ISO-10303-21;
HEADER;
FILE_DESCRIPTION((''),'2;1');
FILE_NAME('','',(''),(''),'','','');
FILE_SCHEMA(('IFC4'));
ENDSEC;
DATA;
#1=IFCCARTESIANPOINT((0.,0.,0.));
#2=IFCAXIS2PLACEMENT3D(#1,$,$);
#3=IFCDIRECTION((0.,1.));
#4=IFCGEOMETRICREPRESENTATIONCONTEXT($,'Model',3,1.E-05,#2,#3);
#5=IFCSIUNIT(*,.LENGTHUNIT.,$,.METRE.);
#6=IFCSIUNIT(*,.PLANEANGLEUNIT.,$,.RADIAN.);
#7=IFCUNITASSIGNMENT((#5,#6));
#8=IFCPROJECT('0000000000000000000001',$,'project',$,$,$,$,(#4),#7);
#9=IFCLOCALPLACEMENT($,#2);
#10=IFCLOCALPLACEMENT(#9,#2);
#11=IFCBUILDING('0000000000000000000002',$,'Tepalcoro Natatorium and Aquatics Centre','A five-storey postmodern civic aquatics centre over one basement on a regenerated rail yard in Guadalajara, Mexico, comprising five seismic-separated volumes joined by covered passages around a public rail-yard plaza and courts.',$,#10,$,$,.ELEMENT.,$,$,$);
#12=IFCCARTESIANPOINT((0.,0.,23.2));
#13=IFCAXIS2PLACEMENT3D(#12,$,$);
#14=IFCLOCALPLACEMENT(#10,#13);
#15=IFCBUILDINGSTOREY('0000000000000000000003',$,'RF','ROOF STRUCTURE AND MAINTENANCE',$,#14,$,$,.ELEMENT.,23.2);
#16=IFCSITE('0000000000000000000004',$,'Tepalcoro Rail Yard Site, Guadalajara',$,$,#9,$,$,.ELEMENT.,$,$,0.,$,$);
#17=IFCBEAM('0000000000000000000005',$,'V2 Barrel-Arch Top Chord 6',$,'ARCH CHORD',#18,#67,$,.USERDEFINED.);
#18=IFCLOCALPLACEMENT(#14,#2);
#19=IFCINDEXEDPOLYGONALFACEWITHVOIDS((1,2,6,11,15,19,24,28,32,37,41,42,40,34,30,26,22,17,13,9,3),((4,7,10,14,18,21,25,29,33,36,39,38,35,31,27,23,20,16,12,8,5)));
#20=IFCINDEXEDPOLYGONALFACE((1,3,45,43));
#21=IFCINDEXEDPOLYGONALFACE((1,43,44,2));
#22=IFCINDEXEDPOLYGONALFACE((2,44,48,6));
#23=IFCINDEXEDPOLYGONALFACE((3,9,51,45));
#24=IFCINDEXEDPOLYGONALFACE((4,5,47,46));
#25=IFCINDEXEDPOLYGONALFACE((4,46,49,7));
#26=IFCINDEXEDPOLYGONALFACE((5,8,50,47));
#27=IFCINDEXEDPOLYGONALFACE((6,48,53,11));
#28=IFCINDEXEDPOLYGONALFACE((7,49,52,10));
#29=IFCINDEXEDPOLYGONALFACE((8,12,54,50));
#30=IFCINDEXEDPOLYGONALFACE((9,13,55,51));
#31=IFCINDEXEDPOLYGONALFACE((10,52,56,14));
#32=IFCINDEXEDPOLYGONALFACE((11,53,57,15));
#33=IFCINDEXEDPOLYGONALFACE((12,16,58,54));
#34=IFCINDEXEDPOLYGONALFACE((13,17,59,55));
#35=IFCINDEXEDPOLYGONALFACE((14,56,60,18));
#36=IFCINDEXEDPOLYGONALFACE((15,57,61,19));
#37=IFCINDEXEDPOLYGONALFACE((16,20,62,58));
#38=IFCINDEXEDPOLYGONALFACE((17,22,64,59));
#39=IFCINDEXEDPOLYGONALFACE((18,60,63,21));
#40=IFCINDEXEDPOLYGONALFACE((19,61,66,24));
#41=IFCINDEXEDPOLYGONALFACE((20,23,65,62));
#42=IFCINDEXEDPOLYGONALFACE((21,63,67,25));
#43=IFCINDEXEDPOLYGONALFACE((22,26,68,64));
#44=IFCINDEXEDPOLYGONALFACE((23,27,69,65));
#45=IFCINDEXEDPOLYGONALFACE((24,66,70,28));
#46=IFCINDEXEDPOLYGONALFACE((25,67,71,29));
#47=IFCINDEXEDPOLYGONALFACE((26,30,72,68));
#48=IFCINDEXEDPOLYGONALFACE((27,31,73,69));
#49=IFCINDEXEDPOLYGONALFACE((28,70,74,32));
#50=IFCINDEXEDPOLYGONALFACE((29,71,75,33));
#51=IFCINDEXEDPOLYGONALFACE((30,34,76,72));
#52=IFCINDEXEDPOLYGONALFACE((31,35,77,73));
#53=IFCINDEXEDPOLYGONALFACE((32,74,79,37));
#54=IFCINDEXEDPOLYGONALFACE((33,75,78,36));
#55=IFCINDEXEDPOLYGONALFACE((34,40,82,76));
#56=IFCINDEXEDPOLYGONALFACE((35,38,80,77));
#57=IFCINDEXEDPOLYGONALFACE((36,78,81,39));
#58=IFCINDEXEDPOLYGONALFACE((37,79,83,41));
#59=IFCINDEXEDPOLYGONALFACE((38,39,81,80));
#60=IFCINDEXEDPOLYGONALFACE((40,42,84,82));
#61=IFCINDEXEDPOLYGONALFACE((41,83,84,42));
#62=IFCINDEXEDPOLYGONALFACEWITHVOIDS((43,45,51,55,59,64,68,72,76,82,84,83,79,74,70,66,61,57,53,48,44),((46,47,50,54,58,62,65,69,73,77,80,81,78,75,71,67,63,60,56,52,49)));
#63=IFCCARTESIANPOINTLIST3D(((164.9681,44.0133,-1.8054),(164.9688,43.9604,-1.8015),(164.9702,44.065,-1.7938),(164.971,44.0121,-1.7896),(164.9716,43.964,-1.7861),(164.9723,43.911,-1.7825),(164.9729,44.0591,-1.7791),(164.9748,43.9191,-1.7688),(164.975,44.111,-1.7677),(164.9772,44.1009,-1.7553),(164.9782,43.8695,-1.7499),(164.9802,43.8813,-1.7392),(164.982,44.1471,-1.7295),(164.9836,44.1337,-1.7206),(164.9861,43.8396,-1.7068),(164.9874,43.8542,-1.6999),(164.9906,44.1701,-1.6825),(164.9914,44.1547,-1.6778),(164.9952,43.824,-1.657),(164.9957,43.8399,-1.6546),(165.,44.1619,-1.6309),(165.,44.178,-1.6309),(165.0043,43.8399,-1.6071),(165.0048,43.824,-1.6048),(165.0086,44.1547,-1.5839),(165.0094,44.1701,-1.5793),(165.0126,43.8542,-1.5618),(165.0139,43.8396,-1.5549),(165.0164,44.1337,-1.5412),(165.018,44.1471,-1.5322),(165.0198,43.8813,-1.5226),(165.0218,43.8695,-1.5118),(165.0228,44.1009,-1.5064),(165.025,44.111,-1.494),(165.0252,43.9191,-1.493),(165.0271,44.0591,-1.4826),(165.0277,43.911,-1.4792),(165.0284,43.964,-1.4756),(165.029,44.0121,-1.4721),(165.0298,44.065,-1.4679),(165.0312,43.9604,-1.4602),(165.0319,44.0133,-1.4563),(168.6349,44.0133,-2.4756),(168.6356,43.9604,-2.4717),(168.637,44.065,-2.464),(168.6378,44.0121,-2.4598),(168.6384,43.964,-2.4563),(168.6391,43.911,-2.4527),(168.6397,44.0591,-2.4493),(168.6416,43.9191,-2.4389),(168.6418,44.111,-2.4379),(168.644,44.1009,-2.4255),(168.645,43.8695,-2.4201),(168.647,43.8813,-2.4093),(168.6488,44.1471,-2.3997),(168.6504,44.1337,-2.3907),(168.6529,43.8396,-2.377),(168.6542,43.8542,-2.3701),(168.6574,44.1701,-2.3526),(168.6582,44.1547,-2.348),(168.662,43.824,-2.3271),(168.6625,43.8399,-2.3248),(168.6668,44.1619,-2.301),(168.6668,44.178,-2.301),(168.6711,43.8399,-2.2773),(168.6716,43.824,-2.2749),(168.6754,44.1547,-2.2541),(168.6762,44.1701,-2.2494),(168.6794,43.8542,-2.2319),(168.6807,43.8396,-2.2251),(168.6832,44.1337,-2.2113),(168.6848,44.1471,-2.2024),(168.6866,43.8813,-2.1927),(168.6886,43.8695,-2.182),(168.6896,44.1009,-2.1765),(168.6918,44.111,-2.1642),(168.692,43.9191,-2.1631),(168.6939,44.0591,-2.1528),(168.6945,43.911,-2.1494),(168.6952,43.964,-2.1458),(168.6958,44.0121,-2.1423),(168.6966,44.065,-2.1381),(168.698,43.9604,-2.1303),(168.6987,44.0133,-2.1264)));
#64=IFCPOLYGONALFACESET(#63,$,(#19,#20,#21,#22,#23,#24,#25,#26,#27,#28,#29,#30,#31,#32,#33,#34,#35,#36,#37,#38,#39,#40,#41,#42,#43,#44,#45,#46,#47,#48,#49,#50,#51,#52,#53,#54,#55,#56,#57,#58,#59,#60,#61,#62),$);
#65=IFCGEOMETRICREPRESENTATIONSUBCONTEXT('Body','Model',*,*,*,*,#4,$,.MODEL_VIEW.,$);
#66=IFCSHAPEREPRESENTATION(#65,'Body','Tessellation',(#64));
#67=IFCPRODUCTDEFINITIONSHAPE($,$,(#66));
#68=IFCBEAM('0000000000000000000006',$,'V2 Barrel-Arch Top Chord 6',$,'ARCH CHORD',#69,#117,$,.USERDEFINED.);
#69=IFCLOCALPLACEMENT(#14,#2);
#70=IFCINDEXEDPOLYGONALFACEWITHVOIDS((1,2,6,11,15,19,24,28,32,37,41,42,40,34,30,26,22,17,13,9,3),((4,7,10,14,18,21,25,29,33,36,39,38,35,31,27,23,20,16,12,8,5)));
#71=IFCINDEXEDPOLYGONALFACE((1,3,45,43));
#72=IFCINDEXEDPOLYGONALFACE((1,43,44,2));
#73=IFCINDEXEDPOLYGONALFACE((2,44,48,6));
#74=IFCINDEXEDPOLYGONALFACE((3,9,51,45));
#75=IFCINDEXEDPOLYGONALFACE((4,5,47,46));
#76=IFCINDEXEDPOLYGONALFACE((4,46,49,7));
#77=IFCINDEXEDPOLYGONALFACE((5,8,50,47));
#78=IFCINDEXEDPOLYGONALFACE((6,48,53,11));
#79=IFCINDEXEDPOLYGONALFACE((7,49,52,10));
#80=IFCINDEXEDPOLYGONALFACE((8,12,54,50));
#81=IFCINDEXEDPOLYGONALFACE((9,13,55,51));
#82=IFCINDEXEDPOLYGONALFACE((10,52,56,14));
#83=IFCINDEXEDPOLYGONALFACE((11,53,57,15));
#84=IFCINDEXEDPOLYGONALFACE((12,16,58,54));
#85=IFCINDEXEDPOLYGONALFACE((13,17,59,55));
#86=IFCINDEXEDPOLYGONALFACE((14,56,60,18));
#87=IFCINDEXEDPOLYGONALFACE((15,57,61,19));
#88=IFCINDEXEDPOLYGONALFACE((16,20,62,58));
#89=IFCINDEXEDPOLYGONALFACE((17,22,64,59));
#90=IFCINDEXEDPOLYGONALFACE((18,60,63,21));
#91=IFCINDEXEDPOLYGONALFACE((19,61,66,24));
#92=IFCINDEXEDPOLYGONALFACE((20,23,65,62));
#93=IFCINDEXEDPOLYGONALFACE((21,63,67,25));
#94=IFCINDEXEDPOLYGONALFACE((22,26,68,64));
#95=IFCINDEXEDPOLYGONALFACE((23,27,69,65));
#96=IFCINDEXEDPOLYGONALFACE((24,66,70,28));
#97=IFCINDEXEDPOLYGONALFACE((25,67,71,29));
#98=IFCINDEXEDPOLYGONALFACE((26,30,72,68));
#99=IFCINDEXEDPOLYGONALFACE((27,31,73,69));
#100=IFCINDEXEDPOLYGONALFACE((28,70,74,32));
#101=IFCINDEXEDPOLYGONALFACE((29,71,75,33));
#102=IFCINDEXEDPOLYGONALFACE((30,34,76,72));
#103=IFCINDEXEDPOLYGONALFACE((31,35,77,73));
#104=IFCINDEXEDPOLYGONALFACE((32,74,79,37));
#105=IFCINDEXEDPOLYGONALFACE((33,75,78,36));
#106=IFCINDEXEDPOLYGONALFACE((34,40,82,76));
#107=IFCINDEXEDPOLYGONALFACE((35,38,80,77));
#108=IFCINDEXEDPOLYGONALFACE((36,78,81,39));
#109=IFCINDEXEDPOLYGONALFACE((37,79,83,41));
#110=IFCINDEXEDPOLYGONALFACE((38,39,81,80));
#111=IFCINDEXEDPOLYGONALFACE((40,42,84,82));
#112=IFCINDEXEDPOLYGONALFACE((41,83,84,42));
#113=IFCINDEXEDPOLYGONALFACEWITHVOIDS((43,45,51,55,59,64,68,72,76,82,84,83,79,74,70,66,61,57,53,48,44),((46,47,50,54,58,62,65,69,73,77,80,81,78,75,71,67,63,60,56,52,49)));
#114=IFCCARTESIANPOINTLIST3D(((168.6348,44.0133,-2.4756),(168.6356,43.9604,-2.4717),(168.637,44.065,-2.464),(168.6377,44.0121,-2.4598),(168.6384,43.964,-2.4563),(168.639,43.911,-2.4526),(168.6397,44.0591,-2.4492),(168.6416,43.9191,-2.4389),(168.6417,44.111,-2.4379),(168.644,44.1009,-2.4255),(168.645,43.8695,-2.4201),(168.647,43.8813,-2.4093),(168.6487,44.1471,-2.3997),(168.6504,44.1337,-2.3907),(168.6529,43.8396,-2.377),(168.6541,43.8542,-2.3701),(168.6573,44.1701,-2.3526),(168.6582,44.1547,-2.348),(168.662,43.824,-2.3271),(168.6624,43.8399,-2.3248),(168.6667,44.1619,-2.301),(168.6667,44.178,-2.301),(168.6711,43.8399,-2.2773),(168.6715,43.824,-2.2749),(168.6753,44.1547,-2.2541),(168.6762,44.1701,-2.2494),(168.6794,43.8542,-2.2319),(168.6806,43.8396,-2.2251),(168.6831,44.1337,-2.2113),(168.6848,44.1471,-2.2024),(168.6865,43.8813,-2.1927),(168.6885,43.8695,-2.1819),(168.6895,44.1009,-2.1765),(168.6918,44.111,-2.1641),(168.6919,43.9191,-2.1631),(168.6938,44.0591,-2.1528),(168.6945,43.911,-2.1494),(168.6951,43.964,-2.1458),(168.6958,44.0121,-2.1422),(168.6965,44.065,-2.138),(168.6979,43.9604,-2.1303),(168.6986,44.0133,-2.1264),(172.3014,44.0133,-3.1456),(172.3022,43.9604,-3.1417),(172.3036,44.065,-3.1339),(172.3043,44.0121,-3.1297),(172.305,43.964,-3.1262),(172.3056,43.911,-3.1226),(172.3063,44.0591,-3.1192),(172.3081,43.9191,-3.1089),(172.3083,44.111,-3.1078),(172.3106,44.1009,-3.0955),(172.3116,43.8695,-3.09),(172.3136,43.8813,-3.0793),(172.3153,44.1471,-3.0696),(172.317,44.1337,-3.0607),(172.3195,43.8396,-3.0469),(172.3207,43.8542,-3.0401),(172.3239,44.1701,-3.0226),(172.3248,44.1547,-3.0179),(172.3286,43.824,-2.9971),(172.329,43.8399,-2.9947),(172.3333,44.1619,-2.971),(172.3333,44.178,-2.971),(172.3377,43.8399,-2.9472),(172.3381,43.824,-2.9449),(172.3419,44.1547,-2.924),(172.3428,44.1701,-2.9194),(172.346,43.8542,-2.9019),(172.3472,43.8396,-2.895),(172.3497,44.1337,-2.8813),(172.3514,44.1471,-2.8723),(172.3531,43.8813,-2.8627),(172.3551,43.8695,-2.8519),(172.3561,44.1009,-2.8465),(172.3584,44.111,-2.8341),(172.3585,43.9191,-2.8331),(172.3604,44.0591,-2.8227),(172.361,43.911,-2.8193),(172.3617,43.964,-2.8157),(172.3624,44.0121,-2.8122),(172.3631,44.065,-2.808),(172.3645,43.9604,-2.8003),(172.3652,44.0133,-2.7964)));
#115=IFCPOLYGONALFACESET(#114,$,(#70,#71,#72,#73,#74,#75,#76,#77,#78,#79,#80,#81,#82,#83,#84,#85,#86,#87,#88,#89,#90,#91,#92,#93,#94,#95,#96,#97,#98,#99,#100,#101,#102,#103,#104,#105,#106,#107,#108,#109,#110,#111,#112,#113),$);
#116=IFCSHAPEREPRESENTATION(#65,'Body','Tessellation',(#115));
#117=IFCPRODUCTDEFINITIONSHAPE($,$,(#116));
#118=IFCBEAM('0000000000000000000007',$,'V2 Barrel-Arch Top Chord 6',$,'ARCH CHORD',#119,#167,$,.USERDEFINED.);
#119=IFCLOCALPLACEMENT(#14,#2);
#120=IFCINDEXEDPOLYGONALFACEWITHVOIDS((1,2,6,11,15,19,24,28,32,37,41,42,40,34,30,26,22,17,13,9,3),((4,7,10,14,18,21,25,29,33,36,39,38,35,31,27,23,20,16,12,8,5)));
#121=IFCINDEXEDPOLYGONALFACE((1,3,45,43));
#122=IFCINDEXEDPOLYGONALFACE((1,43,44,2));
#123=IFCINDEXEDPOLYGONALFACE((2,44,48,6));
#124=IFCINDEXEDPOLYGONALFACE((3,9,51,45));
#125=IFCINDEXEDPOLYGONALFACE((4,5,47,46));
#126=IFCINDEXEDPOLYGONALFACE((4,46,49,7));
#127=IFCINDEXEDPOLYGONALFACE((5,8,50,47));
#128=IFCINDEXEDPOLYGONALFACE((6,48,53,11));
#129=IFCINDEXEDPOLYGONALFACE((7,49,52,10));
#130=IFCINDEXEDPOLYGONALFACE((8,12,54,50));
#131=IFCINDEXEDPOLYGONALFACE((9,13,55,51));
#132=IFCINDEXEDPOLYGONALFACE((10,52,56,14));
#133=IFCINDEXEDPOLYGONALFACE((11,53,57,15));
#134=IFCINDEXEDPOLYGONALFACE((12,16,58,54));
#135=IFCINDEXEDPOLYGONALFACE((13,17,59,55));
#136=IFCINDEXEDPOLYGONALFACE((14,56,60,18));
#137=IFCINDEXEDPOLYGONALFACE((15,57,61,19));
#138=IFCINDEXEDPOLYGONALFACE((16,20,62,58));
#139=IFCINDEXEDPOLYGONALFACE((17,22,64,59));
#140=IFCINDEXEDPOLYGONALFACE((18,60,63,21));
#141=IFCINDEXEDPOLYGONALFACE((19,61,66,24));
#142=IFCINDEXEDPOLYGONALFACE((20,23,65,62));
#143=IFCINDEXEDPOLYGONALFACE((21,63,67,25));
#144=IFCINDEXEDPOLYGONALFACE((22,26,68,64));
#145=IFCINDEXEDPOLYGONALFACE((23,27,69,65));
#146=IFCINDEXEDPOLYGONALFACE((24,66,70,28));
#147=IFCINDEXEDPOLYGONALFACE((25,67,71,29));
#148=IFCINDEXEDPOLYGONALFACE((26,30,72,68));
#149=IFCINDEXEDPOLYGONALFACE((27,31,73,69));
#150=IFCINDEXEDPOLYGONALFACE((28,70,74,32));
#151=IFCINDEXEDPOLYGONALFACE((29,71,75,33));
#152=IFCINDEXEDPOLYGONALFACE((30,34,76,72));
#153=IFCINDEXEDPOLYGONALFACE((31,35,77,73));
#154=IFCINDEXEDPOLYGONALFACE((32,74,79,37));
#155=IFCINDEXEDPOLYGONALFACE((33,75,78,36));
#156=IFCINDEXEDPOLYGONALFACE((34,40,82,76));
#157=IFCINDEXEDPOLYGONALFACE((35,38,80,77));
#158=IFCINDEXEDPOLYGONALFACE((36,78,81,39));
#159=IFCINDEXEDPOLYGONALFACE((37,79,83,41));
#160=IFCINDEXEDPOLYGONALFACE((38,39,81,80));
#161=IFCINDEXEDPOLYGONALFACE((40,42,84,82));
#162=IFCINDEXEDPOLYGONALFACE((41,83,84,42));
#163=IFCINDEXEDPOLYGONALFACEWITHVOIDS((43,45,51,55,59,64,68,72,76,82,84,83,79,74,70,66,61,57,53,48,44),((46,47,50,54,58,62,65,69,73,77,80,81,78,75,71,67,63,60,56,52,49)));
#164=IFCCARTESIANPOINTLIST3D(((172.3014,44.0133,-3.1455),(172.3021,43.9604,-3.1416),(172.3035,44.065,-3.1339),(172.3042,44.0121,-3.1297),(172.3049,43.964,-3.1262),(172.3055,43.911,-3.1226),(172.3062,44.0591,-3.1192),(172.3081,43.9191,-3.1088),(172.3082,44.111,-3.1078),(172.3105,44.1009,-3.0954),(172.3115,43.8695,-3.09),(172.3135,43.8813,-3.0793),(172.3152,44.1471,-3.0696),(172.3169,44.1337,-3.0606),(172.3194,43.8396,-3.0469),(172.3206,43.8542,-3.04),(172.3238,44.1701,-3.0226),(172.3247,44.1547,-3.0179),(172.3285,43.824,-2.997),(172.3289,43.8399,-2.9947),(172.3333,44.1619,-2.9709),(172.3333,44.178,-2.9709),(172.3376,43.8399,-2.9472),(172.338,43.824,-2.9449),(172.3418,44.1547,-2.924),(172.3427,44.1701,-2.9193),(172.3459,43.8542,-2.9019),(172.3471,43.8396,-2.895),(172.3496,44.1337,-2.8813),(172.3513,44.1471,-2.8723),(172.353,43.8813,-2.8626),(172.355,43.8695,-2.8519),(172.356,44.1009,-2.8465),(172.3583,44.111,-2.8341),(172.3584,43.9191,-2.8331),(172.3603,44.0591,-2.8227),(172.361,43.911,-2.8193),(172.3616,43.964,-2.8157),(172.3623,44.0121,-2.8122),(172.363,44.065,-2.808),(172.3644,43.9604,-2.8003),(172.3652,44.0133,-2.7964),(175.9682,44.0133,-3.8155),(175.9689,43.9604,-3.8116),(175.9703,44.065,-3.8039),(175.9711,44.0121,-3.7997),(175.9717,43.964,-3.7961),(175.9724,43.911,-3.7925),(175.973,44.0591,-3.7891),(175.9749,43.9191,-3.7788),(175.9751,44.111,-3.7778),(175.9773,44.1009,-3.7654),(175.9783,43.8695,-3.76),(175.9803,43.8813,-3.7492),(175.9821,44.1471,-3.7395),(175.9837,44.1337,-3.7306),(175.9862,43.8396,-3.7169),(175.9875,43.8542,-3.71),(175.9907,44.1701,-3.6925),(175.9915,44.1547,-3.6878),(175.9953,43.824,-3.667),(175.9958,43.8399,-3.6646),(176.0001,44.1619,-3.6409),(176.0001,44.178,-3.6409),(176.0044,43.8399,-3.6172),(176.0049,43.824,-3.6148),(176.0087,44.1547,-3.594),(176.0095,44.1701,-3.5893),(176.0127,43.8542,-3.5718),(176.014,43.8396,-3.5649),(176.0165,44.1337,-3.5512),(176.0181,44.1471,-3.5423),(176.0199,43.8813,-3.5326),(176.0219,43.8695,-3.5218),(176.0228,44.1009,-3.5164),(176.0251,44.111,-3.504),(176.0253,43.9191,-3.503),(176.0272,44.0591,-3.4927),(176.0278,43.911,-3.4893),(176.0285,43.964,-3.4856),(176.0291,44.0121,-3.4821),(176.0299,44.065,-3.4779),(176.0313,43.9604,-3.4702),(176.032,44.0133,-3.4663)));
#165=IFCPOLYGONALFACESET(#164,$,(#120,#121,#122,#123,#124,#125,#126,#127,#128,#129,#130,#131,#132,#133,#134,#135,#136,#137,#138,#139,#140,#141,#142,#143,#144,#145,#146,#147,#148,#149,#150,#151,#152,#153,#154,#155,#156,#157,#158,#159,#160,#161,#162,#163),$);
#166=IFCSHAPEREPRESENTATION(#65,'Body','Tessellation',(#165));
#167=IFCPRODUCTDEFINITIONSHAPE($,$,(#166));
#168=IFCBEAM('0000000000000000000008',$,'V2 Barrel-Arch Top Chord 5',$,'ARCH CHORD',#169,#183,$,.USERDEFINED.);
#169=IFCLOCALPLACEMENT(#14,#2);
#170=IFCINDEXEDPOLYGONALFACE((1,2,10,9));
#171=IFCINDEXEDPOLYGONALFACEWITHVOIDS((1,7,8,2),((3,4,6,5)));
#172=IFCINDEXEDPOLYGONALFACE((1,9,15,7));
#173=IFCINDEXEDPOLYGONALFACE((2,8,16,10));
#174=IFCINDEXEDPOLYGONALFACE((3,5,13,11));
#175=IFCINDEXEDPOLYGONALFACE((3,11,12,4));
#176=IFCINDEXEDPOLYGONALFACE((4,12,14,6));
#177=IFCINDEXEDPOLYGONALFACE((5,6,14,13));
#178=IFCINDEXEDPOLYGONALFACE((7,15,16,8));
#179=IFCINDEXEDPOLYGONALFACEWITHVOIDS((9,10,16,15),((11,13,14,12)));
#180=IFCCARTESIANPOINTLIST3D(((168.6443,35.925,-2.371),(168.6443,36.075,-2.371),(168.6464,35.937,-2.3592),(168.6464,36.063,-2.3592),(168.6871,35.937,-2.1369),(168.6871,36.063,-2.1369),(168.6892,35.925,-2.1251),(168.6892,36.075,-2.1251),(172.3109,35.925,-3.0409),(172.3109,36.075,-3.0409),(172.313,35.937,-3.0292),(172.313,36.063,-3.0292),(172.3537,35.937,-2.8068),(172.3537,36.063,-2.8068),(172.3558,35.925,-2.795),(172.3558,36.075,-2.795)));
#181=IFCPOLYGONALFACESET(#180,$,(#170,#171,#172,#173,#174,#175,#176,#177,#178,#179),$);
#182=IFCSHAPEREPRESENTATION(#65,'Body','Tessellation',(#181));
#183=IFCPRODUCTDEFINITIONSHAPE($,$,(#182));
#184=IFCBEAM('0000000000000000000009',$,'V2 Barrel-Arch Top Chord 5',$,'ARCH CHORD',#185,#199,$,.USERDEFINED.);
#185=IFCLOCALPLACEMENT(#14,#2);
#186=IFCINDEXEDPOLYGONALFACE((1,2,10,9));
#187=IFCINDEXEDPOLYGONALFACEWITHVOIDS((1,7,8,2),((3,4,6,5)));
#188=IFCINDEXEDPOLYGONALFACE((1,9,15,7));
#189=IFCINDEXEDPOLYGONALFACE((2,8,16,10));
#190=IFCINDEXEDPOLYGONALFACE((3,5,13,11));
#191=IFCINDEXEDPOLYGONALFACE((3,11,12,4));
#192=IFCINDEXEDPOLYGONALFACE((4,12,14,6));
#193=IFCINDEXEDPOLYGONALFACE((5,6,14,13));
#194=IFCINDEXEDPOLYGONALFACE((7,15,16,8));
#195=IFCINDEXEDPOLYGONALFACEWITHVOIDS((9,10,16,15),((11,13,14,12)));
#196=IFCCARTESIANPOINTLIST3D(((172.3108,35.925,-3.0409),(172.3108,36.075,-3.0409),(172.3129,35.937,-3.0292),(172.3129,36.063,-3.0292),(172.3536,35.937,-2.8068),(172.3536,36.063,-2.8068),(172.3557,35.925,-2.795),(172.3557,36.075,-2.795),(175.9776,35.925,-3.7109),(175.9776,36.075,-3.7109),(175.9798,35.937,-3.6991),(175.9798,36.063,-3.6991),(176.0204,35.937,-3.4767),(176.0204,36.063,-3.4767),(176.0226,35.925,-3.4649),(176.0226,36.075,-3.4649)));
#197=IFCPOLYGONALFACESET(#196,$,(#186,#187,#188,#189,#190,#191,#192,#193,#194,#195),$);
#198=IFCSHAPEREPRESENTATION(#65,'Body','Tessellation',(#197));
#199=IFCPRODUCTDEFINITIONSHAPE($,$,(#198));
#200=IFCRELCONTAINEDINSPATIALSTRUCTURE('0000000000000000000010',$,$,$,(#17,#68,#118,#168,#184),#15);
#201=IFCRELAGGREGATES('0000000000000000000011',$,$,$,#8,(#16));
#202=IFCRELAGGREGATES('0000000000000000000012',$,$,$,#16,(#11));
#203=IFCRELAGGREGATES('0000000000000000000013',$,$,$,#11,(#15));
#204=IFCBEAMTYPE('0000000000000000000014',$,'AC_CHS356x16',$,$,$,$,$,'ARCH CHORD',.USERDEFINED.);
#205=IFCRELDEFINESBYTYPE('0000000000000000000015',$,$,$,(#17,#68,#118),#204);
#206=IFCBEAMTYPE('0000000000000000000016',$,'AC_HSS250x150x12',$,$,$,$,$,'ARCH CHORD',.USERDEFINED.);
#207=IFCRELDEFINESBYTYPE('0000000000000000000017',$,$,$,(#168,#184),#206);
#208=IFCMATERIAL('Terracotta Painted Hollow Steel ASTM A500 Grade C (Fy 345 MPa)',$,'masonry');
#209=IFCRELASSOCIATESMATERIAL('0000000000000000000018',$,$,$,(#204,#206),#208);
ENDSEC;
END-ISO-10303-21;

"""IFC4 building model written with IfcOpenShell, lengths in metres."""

from ifc_helpers import new_model, si_unit, direction, frame, origin, origin_2d, place, context, subcontext, project, spatial, hollow_rectangle, hollow_circle, extrude, material, material_profile, profile_set, type_object, element, save


model = new_model("IFC4")

# Units and contexts
model_context = context("Model", 3, precision=1e-05, world=origin(), true_north=direction((0.0, 1.0)))
body_context = subcontext(model_context, "Body", "Model", "MODEL_VIEW")
ifc_project = project(units=[si_unit("LENGTHUNIT", "METRE"), si_unit("PLANEANGLEUNIT", "RADIAN")], contexts=[model_context])

# Site, building, storey
site_placement = place(None, origin())
site = spatial("IfcSite", under=ifc_project, at=site_placement, Name="Tepalcoro Rail Yard Site, Guadalajara", CompositionType="ELEMENT", RefElevation=0.0)
building_placement = place(site_placement, origin())
building = spatial("IfcBuilding", under=site, at=building_placement, Name="Tepalcoro Natatorium and Aquatics Centre", Description="A five-storey postmodern civic aquatics centre over one basement on a regenerated rail yard in Guadalajara, Mexico, comprising five seismic-separated volumes joined by covered passages around a public rail-yard plaza and courts.", CompositionType="ELEMENT")
storey_placement = place(building_placement, frame((0.0, 0.0, 23.2)))
storey = spatial("IfcBuildingStorey", under=building, at=storey_placement, Name="RF", Description="ROOF STRUCTURE AND MAINTENANCE", CompositionType="ELEMENT", Elevation=23.2)

# Beams
ifc_material_1 = material(Name="Terracotta Painted Hollow Steel ASTM A500 Grade C (Fy 345 MPa)", Category="masonry")
ifc_material_profile_1 = material_profile(ifc_material_1, hollow_circle(Radius=0.178, WallThickness=0.0161, at=origin_2d()), Name="CHS356X16")
ifc_profile_set_1 = profile_set([ifc_material_profile_1], Name="Terracotta Painted Hollow Steel ASTM A500 Grade C (Fy 345 MPa)")
beam_type_1 = type_object("IfcBeamType", Name="AC_CHS356x16", ElementType="ARCH CHORD", PredefinedType="USERDEFINED", material=ifc_profile_set_1)
beam_1_placement = place(storey_placement, frame((165.0, 44.0, -1.6309), z_axis=(0.983705, 0.0, -0.17979), x_axis=(0.0, 1.0, 0.0)))
element("IfcBeam", 1, at=beam_1_placement, inside=storey, type_object=beam_type_1, Name="V2 Barrel-Arch Top Chord 6", ObjectType="ARCH CHORD", PredefinedType="USERDEFINED", context=body_context, shape_type="SweptSolid", body=[
    extrude(hollow_circle(Radius=0.178, WallThickness=0.0161, at=origin_2d()), origin(), (0.0, 0.0, 1.0), 3.7275),
])
beam_2_placement = place(storey_placement, frame((168.6667, 44.0, -2.301), z_axis=(0.983714, 0.0, -0.179738), x_axis=(0.0, 1.0, 0.0)))
element("IfcBeam", 2, at=beam_2_placement, inside=storey, type_object=beam_type_1, Name="V2 Barrel-Arch Top Chord 6", ObjectType="ARCH CHORD", PredefinedType="USERDEFINED", context=body_context, shape_type="SweptSolid", body=[
    extrude(hollow_circle(Radius=0.178, WallThickness=0.0161, at=origin_2d()), origin(), (0.0, 0.0, 1.0), 3.7273),
])
beam_3_placement = place(storey_placement, frame((172.3333, 44.0, -2.9709), z_axis=(0.983717, 0.0, -0.179727), x_axis=(0.0, 1.0, 0.0)))
element("IfcBeam", 3, at=beam_3_placement, inside=storey, type_object=beam_type_1, Name="V2 Barrel-Arch Top Chord 6", ObjectType="ARCH CHORD", PredefinedType="USERDEFINED", context=body_context, shape_type="SweptSolid", body=[
    extrude(hollow_circle(Radius=0.178, WallThickness=0.0161, at=origin_2d()), origin(), (0.0, 0.0, 1.0), 3.7275),
])
ifc_material_profile_2 = material_profile(ifc_material_1, hollow_rectangle(XDim=0.1499, YDim=0.25, WallThickness=0.012, at=origin_2d()), Name="HSS250X150X12")
ifc_profile_set_2 = profile_set([ifc_material_profile_2], Name="Terracotta Painted Hollow Steel ASTM A500 Grade C (Fy 345 MPa)")
beam_type_2 = type_object("IfcBeamType", Name="AC_HSS250x150x12", ElementType="ARCH CHORD", PredefinedType="USERDEFINED", material=ifc_profile_set_2)
beam_4_placement = place(storey_placement, frame((168.6667, 36.0, -2.248), z_axis=(0.983714, 0.0, -0.179738), x_axis=(0.0, 1.0, 0.0)))
element("IfcBeam", 4, at=beam_4_placement, inside=storey, type_object=beam_type_2, Name="V2 Barrel-Arch Top Chord 5", ObjectType="ARCH CHORD", PredefinedType="USERDEFINED", context=body_context, shape_type="SweptSolid", body=[
    extrude(hollow_rectangle(XDim=0.1499, YDim=0.25, WallThickness=0.012, at=origin_2d()), origin(), (0.0, 0.0, 1.0), 3.7273),
])
beam_5_placement = place(storey_placement, frame((172.3333, 36.0, -2.918), z_axis=(0.983717, 0.0, -0.179727), x_axis=(0.0, 1.0, 0.0)))
element("IfcBeam", 5, at=beam_5_placement, inside=storey, type_object=beam_type_2, Name="V2 Barrel-Arch Top Chord 5", ObjectType="ARCH CHORD", PredefinedType="USERDEFINED", context=body_context, shape_type="SweptSolid", body=[
    extrude(hollow_rectangle(XDim=0.1499, YDim=0.25, WallThickness=0.012, at=origin_2d()), origin(), (0.0, 0.0, 1.0), 3.7275),
])

save(model, "model.ifc")
